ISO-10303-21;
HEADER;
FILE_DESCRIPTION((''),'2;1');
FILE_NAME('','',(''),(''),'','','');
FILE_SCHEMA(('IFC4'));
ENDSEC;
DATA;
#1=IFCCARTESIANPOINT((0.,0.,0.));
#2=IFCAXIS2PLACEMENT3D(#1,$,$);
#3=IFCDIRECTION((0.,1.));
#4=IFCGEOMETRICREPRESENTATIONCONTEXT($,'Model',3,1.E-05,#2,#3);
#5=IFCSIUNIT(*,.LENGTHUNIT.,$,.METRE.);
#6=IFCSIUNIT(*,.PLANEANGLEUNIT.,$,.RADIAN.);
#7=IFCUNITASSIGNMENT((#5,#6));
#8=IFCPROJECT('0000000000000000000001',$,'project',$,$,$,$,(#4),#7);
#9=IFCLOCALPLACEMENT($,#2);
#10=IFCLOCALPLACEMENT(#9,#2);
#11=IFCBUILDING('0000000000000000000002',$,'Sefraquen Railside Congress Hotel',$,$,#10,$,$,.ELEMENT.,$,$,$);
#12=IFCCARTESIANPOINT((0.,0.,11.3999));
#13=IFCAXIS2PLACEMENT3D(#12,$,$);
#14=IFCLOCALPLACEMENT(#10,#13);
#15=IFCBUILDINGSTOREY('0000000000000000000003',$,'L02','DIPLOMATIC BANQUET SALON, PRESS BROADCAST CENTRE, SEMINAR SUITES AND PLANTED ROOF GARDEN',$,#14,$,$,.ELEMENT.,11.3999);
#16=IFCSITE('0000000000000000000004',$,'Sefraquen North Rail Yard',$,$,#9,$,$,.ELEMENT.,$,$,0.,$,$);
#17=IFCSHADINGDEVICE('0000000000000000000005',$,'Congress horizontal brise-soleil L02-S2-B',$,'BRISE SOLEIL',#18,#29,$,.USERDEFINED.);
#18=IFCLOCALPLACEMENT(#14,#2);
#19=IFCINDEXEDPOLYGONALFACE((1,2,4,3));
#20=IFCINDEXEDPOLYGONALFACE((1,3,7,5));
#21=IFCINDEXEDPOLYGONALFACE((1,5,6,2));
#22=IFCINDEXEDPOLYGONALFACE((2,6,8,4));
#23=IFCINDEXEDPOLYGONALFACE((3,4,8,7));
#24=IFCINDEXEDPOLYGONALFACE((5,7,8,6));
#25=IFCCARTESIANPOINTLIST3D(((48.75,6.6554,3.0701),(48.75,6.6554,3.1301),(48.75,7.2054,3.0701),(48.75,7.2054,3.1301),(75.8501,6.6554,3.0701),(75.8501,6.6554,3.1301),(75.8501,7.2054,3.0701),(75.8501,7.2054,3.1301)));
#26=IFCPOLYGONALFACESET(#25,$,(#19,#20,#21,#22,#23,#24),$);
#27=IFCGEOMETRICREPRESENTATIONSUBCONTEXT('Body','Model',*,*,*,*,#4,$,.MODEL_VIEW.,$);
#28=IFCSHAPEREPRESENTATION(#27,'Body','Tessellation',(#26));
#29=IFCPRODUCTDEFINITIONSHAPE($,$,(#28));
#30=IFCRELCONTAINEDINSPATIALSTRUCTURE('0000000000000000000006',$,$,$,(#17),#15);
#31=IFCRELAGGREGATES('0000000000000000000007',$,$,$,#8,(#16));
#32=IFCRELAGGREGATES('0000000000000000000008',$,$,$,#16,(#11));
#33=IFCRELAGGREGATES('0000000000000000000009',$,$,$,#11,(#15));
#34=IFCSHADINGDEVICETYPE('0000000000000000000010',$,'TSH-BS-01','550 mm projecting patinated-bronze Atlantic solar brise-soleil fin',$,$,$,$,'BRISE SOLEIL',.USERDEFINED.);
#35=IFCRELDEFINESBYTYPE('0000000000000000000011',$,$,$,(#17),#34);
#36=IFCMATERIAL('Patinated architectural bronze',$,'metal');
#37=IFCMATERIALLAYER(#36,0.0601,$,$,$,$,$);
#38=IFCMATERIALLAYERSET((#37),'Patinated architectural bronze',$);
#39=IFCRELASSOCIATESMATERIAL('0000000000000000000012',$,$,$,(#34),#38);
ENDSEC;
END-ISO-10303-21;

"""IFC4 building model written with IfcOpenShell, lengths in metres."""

from ifc_helpers import new_model, si_unit, direction, frame, origin, origin_2d, place, context, subcontext, project, spatial, rectangle, extrude, material, layer, layer_set, type_object, element, save


model = new_model("IFC4")

# Units and contexts
model_context = context("Model", 3, precision=1e-05, world=origin(), true_north=direction((0.0, 1.0)))
body_context = subcontext(model_context, "Body", "Model", "MODEL_VIEW")
ifc_project = project(units=[si_unit("LENGTHUNIT", "METRE"), si_unit("PLANEANGLEUNIT", "RADIAN")], contexts=[model_context])

# Site, building, storey
site_placement = place(None, origin())
site = spatial("IfcSite", under=ifc_project, at=site_placement, Name="Sefraquen North Rail Yard", CompositionType="ELEMENT", RefElevation=0.0)
building_placement = place(site_placement, origin())
building = spatial("IfcBuilding", under=site, at=building_placement, Name="Sefraquen Railside Congress Hotel", CompositionType="ELEMENT")
storey_placement = place(building_placement, frame((0.0, 0.0, 11.3999)))
storey = spatial("IfcBuildingStorey", under=building, at=storey_placement, Name="L02", Description="DIPLOMATIC BANQUET SALON, PRESS BROADCAST CENTRE, SEMINAR SUITES AND PLANTED ROOF GARDEN", CompositionType="ELEMENT", Elevation=11.3999)

# Shared definitions
ifc_material_1 = material(Name="Patinated architectural bronze", Category="metal")

# Shading device
ifc_layer_1 = layer(ifc_material_1, 0.0601)
ifc_layer_set_1 = layer_set([ifc_layer_1], Name="Patinated architectural bronze")
shading_device_type = type_object("IfcShadingDeviceType", Name="TSH-BS-01", Description="550 mm projecting patinated-bronze Atlantic solar brise-soleil fin", ElementType="BRISE SOLEIL", PredefinedType="USERDEFINED", material=ifc_layer_set_1)
for number, where, z_axis, x_axis, name in (
    (1, (62.3, 6.9304, 3.0701), (0.0, 0.0, 1.0), (1.0, 0.0, 0.0), "Congress horizontal brise-soleil L02-S2-B"),
):
    element("IfcShadingDevice", number, at=place(storey_placement, frame(where, z_axis=z_axis, x_axis=x_axis)), inside=storey, type_object=shading_device_type, Name=name, ObjectType="BRISE SOLEIL", PredefinedType="USERDEFINED", context=body_context, shape_type="SweptSolid", body=[
        extrude(rectangle(XDim=27.1001, YDim=0.55, at=origin_2d()), origin(), (0.0, 0.0, 1.0), 0.0601),
    ])

save(model, "model.ifc")
